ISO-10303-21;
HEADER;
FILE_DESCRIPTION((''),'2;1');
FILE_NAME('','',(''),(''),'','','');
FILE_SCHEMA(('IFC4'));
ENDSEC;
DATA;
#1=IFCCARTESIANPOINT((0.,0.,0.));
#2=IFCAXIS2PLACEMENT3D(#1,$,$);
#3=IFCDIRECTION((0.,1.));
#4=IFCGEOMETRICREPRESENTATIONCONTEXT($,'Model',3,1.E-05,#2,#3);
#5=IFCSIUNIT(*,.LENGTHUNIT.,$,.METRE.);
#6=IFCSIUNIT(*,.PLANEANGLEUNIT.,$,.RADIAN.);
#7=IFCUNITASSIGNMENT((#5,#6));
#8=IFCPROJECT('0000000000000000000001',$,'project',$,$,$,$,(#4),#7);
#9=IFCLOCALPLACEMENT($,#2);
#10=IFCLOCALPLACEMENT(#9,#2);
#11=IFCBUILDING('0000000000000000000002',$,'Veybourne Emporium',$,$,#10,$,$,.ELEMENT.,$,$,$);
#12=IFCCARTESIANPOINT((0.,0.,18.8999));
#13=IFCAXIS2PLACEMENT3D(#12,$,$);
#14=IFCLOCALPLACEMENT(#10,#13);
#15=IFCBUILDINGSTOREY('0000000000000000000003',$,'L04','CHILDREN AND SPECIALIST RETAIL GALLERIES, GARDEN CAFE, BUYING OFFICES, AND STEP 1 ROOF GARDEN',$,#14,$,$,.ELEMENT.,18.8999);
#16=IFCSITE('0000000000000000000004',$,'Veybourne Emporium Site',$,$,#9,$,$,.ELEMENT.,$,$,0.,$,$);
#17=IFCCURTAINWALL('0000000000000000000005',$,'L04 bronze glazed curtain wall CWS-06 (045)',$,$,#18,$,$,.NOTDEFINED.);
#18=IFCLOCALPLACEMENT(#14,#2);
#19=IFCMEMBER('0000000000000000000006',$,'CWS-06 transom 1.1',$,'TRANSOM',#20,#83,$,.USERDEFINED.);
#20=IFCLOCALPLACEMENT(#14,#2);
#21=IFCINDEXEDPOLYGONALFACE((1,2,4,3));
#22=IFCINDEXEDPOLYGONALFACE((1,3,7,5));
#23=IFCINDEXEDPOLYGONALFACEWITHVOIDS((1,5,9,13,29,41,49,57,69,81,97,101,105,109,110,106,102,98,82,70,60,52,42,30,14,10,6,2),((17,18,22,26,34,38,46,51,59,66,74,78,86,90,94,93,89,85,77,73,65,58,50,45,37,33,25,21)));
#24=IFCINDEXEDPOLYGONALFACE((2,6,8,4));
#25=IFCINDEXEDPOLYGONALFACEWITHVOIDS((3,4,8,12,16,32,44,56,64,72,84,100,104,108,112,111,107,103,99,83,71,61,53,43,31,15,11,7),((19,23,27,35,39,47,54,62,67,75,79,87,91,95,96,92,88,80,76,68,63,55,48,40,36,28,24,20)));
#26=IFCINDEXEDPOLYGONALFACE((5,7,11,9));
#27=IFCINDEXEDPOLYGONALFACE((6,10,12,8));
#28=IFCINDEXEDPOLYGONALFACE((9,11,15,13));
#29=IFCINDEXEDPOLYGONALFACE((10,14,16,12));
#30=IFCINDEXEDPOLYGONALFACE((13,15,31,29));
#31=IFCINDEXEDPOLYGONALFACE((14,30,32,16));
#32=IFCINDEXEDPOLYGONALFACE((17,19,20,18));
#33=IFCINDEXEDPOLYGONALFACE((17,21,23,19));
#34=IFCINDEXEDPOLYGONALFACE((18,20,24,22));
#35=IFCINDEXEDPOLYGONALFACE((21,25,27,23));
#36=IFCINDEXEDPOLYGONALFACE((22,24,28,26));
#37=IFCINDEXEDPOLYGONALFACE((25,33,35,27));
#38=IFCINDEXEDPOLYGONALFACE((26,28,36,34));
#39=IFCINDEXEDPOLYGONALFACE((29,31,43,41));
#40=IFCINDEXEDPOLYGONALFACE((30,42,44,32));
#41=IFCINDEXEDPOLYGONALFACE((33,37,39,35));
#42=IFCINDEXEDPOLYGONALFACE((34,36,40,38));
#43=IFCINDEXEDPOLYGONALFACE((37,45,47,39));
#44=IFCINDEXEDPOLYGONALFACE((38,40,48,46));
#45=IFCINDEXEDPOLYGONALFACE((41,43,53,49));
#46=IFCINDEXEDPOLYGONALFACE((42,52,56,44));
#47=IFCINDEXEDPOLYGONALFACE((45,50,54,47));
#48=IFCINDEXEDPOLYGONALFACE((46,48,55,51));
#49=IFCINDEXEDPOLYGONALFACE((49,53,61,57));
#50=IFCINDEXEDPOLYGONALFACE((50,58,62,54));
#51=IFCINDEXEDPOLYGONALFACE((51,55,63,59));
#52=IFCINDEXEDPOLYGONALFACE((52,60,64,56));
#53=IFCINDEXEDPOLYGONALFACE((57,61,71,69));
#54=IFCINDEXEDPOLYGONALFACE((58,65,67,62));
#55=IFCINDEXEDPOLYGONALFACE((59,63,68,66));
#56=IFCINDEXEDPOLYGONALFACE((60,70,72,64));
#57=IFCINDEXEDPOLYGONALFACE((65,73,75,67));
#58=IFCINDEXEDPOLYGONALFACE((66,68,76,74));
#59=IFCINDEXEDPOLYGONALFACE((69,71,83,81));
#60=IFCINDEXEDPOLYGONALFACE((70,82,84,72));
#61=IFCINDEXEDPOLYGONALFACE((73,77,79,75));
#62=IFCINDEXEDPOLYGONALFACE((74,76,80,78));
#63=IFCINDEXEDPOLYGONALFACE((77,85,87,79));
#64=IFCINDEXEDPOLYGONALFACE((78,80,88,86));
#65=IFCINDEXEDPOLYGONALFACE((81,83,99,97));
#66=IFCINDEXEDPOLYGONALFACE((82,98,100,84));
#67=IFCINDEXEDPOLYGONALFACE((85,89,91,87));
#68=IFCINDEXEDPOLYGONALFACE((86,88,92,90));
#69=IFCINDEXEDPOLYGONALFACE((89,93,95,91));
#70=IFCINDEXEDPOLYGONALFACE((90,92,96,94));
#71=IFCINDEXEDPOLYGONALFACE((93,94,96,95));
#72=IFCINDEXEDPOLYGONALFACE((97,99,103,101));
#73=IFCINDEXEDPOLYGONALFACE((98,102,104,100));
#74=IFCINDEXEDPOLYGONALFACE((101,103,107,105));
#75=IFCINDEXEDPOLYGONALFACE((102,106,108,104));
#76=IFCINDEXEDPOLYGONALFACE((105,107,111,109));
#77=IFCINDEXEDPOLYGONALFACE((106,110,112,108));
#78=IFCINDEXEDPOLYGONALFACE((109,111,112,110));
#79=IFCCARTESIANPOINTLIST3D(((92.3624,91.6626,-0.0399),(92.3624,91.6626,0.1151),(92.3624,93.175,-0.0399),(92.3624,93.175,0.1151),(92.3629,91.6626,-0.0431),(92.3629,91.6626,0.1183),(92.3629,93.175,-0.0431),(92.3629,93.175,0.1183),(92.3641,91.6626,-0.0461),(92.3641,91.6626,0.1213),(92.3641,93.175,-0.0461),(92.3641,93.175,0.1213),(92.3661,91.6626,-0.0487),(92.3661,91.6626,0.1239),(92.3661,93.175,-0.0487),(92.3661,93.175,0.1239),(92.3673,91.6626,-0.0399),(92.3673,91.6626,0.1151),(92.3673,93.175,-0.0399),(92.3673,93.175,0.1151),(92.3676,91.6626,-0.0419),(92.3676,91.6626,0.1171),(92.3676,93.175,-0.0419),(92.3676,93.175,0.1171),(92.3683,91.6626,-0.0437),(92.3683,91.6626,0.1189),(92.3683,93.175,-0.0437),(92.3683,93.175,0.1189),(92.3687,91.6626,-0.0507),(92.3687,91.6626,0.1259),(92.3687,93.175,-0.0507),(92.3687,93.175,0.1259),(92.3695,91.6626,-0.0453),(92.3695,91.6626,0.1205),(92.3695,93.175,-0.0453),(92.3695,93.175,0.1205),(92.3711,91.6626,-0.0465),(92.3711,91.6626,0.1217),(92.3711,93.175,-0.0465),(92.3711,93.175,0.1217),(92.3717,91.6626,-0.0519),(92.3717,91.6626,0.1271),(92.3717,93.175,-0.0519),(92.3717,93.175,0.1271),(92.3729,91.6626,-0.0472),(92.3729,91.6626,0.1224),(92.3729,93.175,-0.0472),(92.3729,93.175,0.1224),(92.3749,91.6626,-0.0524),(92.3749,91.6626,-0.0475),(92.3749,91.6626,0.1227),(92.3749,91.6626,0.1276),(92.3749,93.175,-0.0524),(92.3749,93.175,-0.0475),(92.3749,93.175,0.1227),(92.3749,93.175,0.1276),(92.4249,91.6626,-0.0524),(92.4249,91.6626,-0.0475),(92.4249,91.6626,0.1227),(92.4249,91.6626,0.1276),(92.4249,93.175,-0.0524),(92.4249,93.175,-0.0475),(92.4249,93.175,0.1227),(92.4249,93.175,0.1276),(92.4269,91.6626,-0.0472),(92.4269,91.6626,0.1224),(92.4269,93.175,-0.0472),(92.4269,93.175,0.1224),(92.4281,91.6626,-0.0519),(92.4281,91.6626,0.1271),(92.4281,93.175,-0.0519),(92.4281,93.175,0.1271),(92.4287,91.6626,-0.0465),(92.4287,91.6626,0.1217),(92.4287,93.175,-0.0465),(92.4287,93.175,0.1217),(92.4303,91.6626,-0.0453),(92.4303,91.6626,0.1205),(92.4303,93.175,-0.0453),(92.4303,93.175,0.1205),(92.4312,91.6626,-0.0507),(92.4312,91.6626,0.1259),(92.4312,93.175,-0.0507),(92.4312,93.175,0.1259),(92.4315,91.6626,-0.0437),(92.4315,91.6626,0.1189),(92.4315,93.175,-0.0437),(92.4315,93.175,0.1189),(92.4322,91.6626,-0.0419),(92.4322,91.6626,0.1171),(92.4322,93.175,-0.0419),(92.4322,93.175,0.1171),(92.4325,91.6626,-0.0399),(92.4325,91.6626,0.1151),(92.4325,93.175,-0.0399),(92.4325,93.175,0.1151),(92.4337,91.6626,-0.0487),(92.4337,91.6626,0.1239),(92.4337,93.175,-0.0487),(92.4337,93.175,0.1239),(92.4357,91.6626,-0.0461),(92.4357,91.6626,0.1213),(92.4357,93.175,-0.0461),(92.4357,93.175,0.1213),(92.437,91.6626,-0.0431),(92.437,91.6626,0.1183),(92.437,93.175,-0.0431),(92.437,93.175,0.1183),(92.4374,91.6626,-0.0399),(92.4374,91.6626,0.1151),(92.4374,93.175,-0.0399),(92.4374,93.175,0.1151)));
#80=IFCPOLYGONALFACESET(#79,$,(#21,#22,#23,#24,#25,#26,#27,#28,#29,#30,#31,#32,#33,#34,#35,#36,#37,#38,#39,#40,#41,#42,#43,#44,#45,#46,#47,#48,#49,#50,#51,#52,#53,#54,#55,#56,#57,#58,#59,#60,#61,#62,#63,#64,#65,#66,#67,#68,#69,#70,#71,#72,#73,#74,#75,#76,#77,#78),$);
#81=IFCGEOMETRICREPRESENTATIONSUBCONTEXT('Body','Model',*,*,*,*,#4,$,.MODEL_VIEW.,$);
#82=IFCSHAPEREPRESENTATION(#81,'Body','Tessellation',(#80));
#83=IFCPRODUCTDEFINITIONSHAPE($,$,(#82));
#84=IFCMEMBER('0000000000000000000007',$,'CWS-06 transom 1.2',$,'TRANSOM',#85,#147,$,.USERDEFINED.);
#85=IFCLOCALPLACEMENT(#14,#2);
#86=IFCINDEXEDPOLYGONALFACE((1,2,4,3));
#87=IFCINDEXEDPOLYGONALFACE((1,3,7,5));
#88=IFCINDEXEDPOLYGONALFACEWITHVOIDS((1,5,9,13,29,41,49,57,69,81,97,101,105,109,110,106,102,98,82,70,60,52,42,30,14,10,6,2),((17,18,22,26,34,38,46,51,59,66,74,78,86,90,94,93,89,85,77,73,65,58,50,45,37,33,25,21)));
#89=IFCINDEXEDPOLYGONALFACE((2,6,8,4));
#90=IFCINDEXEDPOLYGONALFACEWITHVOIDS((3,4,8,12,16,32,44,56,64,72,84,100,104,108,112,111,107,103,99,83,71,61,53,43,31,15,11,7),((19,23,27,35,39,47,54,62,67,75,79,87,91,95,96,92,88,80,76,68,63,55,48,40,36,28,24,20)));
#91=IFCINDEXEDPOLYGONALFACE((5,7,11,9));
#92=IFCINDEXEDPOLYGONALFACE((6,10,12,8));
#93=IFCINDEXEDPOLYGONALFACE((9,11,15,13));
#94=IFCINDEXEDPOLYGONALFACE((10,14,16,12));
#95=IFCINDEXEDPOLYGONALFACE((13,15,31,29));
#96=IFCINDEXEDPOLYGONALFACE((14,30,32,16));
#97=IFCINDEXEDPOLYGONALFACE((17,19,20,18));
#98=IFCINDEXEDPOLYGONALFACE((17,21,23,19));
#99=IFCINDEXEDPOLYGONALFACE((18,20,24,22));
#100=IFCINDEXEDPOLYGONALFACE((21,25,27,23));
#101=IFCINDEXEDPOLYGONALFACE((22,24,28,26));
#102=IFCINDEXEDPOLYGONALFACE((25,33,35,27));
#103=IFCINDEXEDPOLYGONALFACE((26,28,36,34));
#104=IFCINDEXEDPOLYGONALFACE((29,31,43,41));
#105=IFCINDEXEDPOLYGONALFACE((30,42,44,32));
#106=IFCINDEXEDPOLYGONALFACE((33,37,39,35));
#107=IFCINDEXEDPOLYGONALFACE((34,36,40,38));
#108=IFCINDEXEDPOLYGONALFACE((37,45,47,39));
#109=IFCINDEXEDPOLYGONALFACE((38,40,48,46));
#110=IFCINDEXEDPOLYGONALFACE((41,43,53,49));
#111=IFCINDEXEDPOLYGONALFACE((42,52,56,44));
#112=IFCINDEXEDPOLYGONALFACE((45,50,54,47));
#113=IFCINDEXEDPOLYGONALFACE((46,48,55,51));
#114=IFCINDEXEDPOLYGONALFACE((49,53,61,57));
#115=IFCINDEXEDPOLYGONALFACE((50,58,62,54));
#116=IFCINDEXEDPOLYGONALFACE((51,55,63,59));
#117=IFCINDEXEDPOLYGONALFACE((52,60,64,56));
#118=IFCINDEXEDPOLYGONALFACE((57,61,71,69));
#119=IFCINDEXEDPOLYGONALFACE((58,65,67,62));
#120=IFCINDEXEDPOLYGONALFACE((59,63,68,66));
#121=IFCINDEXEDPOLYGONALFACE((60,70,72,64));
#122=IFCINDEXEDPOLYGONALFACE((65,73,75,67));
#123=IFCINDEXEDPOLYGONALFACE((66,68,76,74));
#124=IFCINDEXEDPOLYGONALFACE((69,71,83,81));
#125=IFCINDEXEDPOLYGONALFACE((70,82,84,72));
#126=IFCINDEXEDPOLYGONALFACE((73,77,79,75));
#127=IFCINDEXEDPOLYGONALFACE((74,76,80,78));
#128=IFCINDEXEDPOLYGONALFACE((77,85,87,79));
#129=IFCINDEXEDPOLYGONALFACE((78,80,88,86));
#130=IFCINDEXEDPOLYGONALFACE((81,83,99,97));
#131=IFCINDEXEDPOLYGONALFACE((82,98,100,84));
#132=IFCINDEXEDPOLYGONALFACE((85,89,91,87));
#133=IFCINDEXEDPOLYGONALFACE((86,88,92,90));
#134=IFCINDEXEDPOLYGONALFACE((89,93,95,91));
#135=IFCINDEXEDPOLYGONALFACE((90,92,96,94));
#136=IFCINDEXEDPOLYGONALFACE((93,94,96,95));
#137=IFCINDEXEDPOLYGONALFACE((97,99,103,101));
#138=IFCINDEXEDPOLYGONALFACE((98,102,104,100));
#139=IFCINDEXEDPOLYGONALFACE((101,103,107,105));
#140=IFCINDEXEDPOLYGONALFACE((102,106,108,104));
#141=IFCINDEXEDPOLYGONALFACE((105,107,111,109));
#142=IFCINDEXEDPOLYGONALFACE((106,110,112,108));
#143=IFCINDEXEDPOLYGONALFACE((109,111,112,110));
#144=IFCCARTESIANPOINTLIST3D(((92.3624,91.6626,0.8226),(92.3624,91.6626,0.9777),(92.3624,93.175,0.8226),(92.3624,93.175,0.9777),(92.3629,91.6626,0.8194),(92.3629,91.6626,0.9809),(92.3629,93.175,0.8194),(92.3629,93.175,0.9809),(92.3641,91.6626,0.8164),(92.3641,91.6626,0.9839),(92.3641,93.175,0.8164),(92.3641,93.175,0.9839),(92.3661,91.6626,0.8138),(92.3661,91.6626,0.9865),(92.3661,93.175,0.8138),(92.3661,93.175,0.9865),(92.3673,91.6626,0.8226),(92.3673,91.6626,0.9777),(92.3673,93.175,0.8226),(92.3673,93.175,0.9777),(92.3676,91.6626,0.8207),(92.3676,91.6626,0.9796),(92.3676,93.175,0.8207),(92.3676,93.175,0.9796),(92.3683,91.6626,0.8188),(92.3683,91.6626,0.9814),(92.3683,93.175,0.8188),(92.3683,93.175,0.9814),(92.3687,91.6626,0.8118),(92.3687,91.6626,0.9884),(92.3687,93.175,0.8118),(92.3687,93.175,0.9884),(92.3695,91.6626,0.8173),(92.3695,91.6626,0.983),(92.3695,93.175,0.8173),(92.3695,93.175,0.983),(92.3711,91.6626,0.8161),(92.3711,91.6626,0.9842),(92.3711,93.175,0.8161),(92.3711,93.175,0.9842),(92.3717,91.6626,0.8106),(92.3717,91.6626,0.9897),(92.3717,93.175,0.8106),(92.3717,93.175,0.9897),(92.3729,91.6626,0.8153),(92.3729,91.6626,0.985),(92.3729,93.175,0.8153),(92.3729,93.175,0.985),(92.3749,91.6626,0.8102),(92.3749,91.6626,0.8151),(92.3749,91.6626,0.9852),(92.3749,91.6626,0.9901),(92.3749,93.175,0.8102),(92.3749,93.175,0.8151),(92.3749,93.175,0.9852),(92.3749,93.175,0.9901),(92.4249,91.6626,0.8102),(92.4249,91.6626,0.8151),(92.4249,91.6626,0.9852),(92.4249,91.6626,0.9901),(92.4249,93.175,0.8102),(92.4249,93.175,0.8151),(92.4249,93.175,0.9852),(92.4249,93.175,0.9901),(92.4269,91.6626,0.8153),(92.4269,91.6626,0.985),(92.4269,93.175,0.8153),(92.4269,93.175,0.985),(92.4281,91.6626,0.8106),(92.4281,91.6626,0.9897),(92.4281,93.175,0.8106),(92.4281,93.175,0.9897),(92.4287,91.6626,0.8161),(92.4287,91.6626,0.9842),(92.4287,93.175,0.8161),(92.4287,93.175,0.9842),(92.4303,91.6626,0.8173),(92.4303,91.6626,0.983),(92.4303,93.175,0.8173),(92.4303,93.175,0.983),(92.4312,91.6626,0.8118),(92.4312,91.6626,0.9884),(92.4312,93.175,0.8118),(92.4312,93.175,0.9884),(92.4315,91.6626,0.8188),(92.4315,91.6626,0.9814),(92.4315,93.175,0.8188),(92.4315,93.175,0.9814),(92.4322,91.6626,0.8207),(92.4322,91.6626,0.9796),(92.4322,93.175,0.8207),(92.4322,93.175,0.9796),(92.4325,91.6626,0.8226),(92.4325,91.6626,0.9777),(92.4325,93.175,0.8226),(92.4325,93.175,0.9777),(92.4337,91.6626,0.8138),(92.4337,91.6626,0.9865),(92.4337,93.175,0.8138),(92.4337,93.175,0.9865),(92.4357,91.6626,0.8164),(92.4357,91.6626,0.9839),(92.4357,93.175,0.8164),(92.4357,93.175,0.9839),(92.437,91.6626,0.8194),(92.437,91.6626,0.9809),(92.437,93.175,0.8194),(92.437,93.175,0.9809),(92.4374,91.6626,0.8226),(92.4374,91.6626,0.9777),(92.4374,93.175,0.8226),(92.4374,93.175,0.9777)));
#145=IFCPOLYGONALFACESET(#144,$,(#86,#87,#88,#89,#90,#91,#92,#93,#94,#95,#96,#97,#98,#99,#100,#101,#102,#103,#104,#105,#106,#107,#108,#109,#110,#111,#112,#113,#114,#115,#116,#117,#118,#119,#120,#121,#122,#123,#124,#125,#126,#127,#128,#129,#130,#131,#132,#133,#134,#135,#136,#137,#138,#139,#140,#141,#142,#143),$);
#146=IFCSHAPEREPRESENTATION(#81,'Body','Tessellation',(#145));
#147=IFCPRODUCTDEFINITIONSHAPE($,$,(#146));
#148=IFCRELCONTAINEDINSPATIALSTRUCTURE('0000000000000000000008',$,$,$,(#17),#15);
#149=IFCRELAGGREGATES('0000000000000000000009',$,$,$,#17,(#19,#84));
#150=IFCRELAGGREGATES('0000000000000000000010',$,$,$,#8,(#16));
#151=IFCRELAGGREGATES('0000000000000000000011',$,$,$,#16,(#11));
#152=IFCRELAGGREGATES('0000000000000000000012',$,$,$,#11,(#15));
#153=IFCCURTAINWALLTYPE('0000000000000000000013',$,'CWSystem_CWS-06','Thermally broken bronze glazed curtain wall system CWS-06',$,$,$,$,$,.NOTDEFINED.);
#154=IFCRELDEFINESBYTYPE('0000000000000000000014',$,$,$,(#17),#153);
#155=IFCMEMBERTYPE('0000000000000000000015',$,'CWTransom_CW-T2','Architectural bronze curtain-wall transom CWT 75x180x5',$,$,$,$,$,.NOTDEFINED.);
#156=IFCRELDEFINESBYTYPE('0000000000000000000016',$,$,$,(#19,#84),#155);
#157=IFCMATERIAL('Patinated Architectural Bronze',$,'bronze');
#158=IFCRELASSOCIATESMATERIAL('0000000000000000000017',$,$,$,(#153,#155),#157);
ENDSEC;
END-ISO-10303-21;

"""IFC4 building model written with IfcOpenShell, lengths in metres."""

from ifc_helpers import new_model, si_unit, direction, frame, origin, origin_2d, place, context, subcontext, project, spatial, hollow_rectangle, extrude, material, material_profile, profile_set, type_object, element, aggregate, save


model = new_model("IFC4")

# Units and contexts
model_context = context("Model", 3, precision=1e-05, world=origin(), true_north=direction((0.0, 1.0)))
body_context = subcontext(model_context, "Body", "Model", "MODEL_VIEW")
ifc_project = project(units=[si_unit("LENGTHUNIT", "METRE"), si_unit("PLANEANGLEUNIT", "RADIAN")], contexts=[model_context])

# Site, building, storey
site_placement = place(None, origin())
site = spatial("IfcSite", under=ifc_project, at=site_placement, Name="Veybourne Emporium Site", CompositionType="ELEMENT", RefElevation=0.0)
building_placement = place(site_placement, origin())
building = spatial("IfcBuilding", under=site, at=building_placement, Name="Veybourne Emporium", CompositionType="ELEMENT")
storey_placement = place(building_placement, frame((0.0, 0.0, 18.8999)))
storey = spatial("IfcBuildingStorey", under=building, at=storey_placement, Name="L04", Description="CHILDREN AND SPECIALIST RETAIL GALLERIES, GARDEN CAFE, BUYING OFFICES, AND STEP 1 ROOF GARDEN", CompositionType="ELEMENT", Elevation=18.8999)

# Curtain wall, members
ifc_material_1 = material(Name="Patinated Architectural Bronze", Category="bronze")
curtain_wall_type = type_object("IfcCurtainWallType", Name="CWSystem_CWS-06", Description="Thermally broken bronze glazed curtain wall system CWS-06", PredefinedType="NOTDEFINED", material=ifc_material_1)
curtain_wall_placement = place(storey_placement, origin())
curtain_wall = element("IfcCurtainWall", 1, at=curtain_wall_placement, inside=storey, type_object=curtain_wall_type, Name="L04 bronze glazed curtain wall CWS-06 (045)", PredefinedType="NOTDEFINED")
ifc_material_profile_1 = material_profile(ifc_material_1, hollow_rectangle(XDim=0.075, YDim=0.1799, WallThickness=0.0049, InnerFilletRadius=0.0076, OuterFilletRadius=0.0125, at=origin_2d()), Name="CWT 75x180x5")
ifc_profile_set_1 = profile_set([ifc_material_profile_1], Name="Patinated Architectural Bronze")
member_type_1 = type_object("IfcMemberType", Name="CWTransom_CW-T2", Description="Architectural bronze curtain-wall transom CWT 75x180x5", PredefinedType="NOTDEFINED", material=ifc_profile_set_1)
member_1_placement = place(storey_placement, frame((92.3999, 93.175, 0.0376), z_axis=(0.0, -1.0, 0.0), x_axis=(1.0, 0.0, 0.0)))
member_1 = element("IfcMember", 2, at=member_1_placement, type_object=member_type_1, Name="CWS-06 transom 1.1", ObjectType="TRANSOM", PredefinedType="USERDEFINED", context=body_context, shape_type="SweptSolid", body=[
    extrude(hollow_rectangle(XDim=0.075, YDim=0.1799, WallThickness=0.0049, InnerFilletRadius=0.0076, OuterFilletRadius=0.0125, at=origin_2d()), origin(), (0.0, 0.0, 1.0), 1.5125),
])
member_2_placement = place(storey_placement, frame((92.3999, 93.175, 0.9001), z_axis=(0.0, -1.0, 0.0), x_axis=(1.0, 0.0, 0.0)))
member_2 = element("IfcMember", 3, at=member_2_placement, type_object=member_type_1, Name="CWS-06 transom 1.2", ObjectType="TRANSOM", PredefinedType="USERDEFINED", context=body_context, shape_type="SweptSolid", body=[
    extrude(hollow_rectangle(XDim=0.075, YDim=0.1799, WallThickness=0.0049, InnerFilletRadius=0.0076, OuterFilletRadius=0.0125, at=origin_2d()), origin(), (0.0, 0.0, 1.0), 1.5125),
])
aggregate(curtain_wall, [member_1, member_2])

save(model, "model.ifc")
